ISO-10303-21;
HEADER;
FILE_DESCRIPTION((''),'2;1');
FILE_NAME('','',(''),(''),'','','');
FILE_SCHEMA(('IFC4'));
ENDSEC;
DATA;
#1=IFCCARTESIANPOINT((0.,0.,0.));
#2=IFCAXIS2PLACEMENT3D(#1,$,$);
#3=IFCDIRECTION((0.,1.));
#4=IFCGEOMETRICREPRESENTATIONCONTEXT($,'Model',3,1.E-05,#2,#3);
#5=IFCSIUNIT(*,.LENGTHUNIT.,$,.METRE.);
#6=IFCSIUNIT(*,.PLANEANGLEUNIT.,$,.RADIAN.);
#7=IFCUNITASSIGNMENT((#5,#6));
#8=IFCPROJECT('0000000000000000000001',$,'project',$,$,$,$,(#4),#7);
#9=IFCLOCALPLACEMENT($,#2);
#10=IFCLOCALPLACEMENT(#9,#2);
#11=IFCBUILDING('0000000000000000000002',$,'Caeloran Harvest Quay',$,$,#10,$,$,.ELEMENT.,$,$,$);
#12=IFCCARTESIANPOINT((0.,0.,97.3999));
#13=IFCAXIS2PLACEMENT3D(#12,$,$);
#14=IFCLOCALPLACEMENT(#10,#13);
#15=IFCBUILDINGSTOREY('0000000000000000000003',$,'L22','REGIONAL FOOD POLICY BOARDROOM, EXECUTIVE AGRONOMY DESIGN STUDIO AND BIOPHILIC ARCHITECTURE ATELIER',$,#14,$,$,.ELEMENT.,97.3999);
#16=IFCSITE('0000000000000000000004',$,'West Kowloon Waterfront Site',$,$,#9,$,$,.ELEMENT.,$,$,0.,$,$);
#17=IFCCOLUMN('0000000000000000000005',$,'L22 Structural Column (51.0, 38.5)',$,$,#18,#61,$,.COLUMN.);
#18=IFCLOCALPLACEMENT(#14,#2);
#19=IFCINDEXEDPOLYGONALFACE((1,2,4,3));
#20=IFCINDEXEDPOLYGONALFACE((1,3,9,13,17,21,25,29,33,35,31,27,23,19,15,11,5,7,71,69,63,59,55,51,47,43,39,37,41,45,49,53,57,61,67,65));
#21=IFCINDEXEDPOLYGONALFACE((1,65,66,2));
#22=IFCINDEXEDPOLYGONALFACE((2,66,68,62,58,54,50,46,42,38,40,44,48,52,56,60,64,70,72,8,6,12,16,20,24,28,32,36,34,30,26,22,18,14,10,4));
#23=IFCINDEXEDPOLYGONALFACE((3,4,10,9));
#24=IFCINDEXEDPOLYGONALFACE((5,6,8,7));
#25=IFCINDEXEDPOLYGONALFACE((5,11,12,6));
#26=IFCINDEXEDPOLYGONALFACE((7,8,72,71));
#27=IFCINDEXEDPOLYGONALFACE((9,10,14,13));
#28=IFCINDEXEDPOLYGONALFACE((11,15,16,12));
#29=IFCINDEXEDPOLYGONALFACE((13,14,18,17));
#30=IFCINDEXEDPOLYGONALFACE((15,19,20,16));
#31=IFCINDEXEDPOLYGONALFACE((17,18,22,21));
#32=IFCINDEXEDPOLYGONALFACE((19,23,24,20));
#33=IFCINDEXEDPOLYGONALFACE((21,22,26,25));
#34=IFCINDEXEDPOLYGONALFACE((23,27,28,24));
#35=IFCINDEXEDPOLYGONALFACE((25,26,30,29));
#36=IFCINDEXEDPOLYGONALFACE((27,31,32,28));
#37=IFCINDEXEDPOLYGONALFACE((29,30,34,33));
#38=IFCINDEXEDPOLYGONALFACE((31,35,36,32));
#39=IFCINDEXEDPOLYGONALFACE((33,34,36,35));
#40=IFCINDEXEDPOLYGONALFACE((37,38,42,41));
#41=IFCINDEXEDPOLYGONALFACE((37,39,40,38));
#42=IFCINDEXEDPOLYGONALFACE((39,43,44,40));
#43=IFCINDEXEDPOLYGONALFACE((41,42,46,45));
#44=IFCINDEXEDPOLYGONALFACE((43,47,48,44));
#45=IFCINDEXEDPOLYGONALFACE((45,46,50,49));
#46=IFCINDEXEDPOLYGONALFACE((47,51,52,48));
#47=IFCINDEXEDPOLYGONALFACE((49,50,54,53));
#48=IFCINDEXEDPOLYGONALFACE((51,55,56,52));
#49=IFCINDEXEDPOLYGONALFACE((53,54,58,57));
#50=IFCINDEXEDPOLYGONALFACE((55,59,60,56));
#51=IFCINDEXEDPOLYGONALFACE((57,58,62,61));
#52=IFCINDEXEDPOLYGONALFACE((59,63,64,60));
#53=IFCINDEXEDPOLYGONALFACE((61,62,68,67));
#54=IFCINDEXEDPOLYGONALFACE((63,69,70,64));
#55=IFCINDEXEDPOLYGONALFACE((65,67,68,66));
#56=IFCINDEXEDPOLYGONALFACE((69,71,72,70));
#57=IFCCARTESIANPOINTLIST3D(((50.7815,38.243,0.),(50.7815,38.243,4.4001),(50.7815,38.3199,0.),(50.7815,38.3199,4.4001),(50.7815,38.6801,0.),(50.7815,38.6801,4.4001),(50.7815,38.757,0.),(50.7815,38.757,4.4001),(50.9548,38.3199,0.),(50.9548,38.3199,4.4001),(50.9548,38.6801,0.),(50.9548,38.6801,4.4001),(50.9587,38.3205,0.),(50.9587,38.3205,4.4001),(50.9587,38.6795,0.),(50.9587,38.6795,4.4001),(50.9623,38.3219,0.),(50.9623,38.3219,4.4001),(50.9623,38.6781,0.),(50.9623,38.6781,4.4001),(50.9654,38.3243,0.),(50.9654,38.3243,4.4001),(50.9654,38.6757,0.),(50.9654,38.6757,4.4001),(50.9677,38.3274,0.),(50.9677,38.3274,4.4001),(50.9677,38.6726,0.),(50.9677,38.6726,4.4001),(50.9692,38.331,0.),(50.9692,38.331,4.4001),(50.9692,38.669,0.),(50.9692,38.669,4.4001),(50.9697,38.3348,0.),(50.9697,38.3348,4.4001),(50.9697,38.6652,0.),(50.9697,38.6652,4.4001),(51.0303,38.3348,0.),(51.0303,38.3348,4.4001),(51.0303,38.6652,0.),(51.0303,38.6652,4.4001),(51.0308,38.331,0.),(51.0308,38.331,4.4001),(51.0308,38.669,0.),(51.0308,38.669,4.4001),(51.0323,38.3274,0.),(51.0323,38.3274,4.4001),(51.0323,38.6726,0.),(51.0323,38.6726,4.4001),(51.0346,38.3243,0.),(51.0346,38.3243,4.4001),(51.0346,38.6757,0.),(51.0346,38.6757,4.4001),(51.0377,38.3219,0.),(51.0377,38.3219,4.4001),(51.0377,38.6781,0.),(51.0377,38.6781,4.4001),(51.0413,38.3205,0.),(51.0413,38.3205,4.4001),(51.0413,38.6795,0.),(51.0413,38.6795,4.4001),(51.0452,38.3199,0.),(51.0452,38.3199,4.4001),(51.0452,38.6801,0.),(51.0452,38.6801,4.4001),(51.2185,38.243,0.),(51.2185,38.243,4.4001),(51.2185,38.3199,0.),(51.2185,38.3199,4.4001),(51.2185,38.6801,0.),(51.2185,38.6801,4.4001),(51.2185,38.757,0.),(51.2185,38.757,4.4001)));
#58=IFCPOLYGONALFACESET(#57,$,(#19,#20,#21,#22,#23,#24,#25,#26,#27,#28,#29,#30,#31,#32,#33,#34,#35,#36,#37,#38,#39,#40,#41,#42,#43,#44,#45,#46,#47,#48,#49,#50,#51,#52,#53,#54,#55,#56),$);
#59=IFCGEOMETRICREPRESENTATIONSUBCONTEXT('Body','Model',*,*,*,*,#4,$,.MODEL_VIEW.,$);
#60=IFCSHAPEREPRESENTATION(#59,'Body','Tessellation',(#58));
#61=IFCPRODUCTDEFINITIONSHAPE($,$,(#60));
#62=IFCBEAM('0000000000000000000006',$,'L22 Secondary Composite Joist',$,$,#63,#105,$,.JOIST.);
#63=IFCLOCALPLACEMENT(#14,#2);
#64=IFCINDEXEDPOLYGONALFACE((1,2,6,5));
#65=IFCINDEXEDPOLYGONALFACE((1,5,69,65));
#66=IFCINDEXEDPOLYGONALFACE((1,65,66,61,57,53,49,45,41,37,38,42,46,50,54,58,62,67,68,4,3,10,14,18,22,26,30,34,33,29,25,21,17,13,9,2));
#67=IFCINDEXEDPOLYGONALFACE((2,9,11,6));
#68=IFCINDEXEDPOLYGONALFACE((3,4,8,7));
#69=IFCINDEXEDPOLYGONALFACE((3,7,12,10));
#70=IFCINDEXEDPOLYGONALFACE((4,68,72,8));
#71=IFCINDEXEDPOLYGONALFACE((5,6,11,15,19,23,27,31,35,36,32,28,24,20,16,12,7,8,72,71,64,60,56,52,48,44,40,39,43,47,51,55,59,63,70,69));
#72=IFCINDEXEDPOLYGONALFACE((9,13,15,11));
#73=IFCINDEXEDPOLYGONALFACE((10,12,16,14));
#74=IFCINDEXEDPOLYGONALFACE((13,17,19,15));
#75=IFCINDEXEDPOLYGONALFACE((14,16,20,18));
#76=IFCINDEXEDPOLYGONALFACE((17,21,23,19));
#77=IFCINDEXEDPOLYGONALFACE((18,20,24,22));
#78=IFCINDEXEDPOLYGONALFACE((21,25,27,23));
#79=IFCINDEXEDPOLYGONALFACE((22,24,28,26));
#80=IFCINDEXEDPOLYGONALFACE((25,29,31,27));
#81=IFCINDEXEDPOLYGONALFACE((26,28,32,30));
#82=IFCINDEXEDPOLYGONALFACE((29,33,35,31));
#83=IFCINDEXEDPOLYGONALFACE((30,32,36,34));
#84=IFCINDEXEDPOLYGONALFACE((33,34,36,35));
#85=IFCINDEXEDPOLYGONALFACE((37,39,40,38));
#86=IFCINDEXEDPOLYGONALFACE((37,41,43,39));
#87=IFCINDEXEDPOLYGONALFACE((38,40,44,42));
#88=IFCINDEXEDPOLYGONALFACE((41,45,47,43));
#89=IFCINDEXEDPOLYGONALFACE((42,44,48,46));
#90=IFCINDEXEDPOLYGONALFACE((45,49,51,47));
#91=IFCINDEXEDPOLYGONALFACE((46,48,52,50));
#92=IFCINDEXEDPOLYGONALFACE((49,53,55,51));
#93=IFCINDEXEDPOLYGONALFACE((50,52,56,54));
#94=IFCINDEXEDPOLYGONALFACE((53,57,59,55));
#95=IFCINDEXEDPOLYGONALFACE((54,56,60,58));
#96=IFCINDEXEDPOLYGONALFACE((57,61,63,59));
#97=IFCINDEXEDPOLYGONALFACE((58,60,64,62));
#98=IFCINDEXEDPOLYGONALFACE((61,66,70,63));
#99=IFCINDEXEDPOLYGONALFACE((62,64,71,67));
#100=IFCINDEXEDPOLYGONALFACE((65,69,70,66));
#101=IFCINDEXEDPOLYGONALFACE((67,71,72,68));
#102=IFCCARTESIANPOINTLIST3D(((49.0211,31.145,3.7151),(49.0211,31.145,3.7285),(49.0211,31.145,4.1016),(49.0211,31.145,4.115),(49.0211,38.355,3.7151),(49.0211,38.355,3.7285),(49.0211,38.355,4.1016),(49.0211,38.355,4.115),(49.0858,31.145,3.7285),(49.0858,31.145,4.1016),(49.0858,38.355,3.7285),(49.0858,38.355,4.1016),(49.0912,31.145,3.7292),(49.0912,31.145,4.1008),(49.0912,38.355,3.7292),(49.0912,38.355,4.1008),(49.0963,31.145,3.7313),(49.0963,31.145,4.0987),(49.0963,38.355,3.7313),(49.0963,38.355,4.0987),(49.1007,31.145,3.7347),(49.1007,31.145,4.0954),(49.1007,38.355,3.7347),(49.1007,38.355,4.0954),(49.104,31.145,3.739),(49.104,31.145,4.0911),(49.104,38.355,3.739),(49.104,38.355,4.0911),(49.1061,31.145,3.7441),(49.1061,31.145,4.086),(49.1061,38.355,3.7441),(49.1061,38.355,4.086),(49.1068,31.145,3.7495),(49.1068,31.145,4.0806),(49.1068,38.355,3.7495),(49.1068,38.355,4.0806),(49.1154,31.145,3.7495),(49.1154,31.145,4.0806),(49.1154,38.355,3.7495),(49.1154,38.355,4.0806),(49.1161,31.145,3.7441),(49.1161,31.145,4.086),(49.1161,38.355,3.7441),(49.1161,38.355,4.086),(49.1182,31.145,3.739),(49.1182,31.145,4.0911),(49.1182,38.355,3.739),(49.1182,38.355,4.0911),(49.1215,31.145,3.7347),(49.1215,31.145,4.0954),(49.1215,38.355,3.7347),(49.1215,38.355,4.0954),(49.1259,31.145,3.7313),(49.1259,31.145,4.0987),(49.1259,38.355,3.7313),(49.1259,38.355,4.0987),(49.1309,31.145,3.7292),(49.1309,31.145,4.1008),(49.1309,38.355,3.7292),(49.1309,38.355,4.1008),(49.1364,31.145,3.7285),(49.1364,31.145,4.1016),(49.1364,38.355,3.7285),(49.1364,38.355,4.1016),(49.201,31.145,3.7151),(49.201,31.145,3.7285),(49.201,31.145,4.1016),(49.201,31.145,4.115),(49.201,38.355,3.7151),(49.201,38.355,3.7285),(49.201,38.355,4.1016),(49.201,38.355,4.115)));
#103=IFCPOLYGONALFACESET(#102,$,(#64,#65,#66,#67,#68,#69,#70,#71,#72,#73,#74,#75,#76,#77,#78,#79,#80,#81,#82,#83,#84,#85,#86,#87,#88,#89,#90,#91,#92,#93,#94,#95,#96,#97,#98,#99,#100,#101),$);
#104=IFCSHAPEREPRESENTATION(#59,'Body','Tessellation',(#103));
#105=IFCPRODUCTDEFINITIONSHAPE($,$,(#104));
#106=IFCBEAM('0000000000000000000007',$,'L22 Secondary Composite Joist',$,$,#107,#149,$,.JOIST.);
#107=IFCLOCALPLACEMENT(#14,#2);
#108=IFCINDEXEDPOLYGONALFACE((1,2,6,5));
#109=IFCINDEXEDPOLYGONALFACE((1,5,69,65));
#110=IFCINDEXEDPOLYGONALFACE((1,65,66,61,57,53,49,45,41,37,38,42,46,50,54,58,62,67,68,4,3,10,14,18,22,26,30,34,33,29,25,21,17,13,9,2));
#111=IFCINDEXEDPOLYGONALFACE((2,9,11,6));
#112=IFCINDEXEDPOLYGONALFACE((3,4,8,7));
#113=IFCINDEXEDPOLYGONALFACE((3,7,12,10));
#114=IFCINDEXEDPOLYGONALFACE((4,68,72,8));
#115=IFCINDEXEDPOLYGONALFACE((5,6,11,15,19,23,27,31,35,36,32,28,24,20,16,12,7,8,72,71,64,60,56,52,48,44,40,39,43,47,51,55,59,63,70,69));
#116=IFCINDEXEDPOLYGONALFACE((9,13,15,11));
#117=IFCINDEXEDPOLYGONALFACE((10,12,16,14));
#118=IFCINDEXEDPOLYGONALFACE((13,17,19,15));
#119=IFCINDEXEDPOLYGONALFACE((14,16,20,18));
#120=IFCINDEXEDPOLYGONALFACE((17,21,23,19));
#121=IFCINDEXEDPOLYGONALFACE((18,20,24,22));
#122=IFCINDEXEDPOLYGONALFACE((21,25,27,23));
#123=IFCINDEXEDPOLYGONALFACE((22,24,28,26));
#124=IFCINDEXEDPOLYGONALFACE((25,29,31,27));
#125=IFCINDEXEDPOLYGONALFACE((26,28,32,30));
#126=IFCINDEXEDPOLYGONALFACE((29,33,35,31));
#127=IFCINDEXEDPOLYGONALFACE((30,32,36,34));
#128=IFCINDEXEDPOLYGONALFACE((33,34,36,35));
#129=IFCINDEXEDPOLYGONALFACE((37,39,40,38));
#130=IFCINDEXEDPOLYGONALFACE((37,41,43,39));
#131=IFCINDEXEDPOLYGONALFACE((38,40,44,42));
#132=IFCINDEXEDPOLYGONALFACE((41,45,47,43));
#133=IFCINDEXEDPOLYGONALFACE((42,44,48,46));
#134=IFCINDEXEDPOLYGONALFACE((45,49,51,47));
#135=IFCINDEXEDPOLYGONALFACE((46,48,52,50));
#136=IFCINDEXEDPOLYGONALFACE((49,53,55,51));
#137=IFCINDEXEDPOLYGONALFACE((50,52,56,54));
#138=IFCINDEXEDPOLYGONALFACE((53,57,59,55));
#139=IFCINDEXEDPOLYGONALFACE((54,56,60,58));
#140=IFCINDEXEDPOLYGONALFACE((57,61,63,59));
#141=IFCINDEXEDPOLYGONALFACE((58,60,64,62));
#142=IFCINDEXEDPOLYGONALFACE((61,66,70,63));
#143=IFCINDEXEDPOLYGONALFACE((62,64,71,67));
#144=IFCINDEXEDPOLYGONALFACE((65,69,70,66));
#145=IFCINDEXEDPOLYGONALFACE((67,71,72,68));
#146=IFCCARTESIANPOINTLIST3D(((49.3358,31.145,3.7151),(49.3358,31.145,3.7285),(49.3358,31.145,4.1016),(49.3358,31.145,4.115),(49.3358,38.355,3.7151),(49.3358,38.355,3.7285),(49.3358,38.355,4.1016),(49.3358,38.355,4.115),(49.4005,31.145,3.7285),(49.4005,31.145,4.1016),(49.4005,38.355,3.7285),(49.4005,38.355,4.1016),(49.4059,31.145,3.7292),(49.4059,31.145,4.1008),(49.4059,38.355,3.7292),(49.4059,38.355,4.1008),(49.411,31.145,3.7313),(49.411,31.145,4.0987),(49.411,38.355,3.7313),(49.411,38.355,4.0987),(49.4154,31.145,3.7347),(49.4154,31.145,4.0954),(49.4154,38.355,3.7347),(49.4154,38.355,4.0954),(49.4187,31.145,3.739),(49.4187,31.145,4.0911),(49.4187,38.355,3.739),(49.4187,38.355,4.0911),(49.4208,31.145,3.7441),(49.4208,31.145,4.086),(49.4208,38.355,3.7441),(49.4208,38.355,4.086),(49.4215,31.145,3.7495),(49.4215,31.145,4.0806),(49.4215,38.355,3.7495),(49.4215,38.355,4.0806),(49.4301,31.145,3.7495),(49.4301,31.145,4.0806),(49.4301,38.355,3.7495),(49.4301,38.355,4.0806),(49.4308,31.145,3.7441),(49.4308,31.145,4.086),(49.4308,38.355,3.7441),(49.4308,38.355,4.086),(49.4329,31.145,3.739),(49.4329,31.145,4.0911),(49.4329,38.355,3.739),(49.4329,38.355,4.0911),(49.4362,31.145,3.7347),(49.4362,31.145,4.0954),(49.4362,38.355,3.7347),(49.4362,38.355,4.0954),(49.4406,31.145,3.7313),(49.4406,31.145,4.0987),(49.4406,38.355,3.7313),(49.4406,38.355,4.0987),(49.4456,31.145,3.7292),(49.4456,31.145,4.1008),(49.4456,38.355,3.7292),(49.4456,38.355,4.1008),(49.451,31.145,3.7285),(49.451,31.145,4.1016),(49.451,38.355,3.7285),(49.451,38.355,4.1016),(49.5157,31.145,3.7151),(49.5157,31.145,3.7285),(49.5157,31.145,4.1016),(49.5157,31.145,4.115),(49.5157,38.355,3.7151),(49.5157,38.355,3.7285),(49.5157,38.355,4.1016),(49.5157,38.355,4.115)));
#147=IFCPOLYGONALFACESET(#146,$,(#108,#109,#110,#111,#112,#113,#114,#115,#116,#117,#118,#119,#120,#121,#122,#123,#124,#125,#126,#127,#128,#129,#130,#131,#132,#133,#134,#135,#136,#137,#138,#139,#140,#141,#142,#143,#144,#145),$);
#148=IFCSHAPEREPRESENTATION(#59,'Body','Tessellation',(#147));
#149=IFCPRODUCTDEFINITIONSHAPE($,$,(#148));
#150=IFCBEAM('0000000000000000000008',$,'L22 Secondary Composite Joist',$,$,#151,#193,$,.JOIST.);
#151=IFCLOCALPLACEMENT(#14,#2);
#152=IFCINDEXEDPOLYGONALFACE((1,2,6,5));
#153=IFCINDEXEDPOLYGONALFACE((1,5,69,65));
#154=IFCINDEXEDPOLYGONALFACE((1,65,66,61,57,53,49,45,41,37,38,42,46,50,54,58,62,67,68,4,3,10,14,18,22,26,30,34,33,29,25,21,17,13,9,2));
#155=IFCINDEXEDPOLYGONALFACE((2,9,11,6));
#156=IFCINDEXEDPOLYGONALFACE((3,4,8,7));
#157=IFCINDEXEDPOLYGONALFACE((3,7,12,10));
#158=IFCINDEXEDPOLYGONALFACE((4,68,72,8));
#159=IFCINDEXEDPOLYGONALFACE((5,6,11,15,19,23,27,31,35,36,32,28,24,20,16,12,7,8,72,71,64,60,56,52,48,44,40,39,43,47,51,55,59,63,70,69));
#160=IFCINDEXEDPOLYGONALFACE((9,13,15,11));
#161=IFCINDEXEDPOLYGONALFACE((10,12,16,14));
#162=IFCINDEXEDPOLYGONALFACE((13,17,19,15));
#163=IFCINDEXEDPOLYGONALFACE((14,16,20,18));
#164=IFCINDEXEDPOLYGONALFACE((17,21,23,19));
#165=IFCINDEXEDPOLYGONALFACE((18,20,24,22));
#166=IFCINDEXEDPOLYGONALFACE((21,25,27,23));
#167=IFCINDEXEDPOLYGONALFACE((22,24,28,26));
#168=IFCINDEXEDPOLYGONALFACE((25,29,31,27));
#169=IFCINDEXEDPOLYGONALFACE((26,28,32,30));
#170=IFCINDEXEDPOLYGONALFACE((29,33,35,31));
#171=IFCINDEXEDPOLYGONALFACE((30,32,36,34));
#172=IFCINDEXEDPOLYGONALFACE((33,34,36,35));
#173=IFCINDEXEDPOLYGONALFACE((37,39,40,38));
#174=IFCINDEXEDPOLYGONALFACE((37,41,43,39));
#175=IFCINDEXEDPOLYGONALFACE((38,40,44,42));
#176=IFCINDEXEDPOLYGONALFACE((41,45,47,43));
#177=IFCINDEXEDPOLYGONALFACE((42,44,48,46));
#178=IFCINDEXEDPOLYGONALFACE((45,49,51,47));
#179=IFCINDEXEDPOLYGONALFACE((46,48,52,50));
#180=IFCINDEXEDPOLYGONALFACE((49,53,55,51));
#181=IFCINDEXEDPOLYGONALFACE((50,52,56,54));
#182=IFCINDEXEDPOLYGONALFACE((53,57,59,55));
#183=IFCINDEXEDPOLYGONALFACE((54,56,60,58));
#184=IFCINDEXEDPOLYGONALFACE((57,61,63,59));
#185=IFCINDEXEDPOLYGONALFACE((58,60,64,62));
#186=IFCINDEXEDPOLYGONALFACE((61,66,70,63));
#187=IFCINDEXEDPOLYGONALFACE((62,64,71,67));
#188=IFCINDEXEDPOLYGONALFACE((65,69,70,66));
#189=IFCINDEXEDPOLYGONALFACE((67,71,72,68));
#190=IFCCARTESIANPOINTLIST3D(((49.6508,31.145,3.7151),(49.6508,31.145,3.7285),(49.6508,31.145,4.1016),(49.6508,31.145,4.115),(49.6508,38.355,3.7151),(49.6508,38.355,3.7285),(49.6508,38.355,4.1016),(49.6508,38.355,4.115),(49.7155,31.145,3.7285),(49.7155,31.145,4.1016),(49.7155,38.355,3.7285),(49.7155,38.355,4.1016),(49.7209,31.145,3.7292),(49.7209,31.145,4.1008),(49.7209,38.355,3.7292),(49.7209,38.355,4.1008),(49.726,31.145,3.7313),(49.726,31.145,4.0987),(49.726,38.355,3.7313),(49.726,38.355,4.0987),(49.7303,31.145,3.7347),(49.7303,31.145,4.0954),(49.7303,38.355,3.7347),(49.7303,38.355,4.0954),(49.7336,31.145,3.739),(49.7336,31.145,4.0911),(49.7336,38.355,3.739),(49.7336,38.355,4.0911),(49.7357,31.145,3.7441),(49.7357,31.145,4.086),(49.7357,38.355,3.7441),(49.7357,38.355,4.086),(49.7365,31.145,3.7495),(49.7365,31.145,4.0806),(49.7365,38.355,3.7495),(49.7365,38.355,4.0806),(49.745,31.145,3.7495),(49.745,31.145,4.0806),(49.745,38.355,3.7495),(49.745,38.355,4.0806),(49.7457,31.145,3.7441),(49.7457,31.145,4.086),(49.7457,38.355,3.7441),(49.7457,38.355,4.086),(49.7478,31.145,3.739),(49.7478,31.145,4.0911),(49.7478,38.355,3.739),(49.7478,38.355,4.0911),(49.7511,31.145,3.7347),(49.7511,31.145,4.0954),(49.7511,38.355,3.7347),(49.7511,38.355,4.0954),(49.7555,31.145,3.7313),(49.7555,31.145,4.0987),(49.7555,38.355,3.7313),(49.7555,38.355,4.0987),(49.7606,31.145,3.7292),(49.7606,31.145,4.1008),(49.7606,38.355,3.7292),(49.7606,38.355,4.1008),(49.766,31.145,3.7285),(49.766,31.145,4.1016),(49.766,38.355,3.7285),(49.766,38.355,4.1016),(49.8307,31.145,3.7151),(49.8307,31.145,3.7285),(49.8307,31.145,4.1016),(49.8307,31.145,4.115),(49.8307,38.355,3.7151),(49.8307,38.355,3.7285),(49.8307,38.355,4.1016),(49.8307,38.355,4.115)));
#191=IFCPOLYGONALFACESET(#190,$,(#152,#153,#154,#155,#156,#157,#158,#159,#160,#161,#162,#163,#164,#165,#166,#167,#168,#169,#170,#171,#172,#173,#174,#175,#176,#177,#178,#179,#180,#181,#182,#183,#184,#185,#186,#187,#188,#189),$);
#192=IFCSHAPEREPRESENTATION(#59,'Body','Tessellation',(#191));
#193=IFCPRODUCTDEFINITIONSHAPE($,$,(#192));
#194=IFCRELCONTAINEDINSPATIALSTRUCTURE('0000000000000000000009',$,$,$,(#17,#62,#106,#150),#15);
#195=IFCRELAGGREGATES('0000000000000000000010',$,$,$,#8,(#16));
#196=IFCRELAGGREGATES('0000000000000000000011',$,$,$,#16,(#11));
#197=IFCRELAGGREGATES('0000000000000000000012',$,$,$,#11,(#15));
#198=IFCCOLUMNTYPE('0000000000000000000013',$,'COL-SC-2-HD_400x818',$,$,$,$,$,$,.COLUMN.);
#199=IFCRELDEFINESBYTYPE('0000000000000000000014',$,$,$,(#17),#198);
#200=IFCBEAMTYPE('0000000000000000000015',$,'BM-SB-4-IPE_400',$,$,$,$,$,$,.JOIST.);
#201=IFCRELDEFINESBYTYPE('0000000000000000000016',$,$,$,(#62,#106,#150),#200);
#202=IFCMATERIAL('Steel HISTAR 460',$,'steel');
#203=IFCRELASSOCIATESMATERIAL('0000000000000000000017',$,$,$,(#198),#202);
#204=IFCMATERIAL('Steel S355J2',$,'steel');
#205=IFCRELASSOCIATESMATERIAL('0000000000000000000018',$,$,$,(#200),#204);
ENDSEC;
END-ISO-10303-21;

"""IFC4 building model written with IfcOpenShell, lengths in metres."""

from ifc_helpers import new_model, si_unit, direction, frame, origin, origin_2d, place, context, subcontext, project, spatial, i_section, extrude, material, material_profile, profile_set, type_object, element, save


model = new_model("IFC4")

# Units and contexts
model_context = context("Model", 3, precision=1e-05, world=origin(), true_north=direction((0.0, 1.0)))
body_context = subcontext(model_context, "Body", "Model", "MODEL_VIEW")
ifc_project = project(units=[si_unit("LENGTHUNIT", "METRE"), si_unit("PLANEANGLEUNIT", "RADIAN")], contexts=[model_context])

# Site, building, storey
site_placement = place(None, origin())
site = spatial("IfcSite", under=ifc_project, at=site_placement, Name="West Kowloon Waterfront Site", CompositionType="ELEMENT", RefElevation=0.0)
building_placement = place(site_placement, origin())
building = spatial("IfcBuilding", under=site, at=building_placement, Name="Caeloran Harvest Quay", CompositionType="ELEMENT")
storey_placement = place(building_placement, frame((0.0, 0.0, 97.3999)))
storey = spatial("IfcBuildingStorey", under=building, at=storey_placement, Name="L22", Description="REGIONAL FOOD POLICY BOARDROOM, EXECUTIVE AGRONOMY DESIGN STUDIO AND BIOPHILIC ARCHITECTURE ATELIER", CompositionType="ELEMENT", Elevation=97.3999)

# Column
ifc_material_1 = material(Name="Steel HISTAR 460", Category="steel")
ifc_material_profile_1 = material_profile(ifc_material_1, i_section(OverallWidth=0.437, OverallDepth=0.5139, WebThickness=0.0605, FlangeThickness=0.0769, FilletRadius=0.0149, at=origin_2d()), Name="HD 400x818")
ifc_profile_set_1 = profile_set([ifc_material_profile_1], Name="Steel HISTAR 460")
column_type = type_object("IfcColumnType", Name="COL-SC-2-HD_400x818", PredefinedType="COLUMN", material=ifc_profile_set_1)
column_placement = place(storey_placement, frame((51.0, 38.5, 0.0), z_axis=(0.0, 0.0, 1.0), x_axis=(1.0, 0.0, 0.0)))
element("IfcColumn", 1, at=column_placement, inside=storey, type_object=column_type, Name="L22 Structural Column (51.0, 38.5)", PredefinedType="COLUMN", context=body_context, shape_type="SweptSolid", body=[
    extrude(i_section(OverallWidth=0.437, OverallDepth=0.5139, WebThickness=0.0605, FlangeThickness=0.0769, FilletRadius=0.0149, at=origin_2d()), origin(), (0.0, 0.0, 1.0), 4.4001),
])

# Beams
ifc_material_2 = material(Name="Steel S355J2", Category="steel")
ifc_material_profile_2 = material_profile(ifc_material_2, i_section(OverallWidth=0.1799, OverallDepth=0.3999, WebThickness=0.0085, FlangeThickness=0.0134, FilletRadius=0.021, at=origin_2d()), Name="IPE 400")
ifc_profile_set_2 = profile_set([ifc_material_profile_2], Name="Steel S355J2")
beam_type_1 = type_object("IfcBeamType", Name="BM-SB-4-IPE_400", PredefinedType="JOIST", material=ifc_profile_set_2)
for number, where, z_axis, x_axis, name in (
    (2, (49.1111, 31.145, 3.915), (0.0, 1.0, 0.0), (-1.0, 0.0, 0.0), "L22 Secondary Composite Joist"),
    (3, (49.4258, 31.145, 3.915), (0.0, 1.0, 0.0), (-1.0, 0.0, 0.0), "L22 Secondary Composite Joist"),
    (4, (49.7407, 31.145, 3.915), (0.0, 1.0, 0.0), (-1.0, 0.0, 0.0), "L22 Secondary Composite Joist"),
):
    element("IfcBeam", number, at=place(storey_placement, frame(where, z_axis=z_axis, x_axis=x_axis)), inside=storey, type_object=beam_type_1, Name=name, PredefinedType="JOIST", context=body_context, shape_type="SweptSolid", body=[
        extrude(i_section(OverallWidth=0.1799, OverallDepth=0.3999, WebThickness=0.0085, FlangeThickness=0.0134, FilletRadius=0.021, at=origin_2d()), origin(), (0.0, 0.0, 1.0), 7.21),
    ])

save(model, "model.ifc")
